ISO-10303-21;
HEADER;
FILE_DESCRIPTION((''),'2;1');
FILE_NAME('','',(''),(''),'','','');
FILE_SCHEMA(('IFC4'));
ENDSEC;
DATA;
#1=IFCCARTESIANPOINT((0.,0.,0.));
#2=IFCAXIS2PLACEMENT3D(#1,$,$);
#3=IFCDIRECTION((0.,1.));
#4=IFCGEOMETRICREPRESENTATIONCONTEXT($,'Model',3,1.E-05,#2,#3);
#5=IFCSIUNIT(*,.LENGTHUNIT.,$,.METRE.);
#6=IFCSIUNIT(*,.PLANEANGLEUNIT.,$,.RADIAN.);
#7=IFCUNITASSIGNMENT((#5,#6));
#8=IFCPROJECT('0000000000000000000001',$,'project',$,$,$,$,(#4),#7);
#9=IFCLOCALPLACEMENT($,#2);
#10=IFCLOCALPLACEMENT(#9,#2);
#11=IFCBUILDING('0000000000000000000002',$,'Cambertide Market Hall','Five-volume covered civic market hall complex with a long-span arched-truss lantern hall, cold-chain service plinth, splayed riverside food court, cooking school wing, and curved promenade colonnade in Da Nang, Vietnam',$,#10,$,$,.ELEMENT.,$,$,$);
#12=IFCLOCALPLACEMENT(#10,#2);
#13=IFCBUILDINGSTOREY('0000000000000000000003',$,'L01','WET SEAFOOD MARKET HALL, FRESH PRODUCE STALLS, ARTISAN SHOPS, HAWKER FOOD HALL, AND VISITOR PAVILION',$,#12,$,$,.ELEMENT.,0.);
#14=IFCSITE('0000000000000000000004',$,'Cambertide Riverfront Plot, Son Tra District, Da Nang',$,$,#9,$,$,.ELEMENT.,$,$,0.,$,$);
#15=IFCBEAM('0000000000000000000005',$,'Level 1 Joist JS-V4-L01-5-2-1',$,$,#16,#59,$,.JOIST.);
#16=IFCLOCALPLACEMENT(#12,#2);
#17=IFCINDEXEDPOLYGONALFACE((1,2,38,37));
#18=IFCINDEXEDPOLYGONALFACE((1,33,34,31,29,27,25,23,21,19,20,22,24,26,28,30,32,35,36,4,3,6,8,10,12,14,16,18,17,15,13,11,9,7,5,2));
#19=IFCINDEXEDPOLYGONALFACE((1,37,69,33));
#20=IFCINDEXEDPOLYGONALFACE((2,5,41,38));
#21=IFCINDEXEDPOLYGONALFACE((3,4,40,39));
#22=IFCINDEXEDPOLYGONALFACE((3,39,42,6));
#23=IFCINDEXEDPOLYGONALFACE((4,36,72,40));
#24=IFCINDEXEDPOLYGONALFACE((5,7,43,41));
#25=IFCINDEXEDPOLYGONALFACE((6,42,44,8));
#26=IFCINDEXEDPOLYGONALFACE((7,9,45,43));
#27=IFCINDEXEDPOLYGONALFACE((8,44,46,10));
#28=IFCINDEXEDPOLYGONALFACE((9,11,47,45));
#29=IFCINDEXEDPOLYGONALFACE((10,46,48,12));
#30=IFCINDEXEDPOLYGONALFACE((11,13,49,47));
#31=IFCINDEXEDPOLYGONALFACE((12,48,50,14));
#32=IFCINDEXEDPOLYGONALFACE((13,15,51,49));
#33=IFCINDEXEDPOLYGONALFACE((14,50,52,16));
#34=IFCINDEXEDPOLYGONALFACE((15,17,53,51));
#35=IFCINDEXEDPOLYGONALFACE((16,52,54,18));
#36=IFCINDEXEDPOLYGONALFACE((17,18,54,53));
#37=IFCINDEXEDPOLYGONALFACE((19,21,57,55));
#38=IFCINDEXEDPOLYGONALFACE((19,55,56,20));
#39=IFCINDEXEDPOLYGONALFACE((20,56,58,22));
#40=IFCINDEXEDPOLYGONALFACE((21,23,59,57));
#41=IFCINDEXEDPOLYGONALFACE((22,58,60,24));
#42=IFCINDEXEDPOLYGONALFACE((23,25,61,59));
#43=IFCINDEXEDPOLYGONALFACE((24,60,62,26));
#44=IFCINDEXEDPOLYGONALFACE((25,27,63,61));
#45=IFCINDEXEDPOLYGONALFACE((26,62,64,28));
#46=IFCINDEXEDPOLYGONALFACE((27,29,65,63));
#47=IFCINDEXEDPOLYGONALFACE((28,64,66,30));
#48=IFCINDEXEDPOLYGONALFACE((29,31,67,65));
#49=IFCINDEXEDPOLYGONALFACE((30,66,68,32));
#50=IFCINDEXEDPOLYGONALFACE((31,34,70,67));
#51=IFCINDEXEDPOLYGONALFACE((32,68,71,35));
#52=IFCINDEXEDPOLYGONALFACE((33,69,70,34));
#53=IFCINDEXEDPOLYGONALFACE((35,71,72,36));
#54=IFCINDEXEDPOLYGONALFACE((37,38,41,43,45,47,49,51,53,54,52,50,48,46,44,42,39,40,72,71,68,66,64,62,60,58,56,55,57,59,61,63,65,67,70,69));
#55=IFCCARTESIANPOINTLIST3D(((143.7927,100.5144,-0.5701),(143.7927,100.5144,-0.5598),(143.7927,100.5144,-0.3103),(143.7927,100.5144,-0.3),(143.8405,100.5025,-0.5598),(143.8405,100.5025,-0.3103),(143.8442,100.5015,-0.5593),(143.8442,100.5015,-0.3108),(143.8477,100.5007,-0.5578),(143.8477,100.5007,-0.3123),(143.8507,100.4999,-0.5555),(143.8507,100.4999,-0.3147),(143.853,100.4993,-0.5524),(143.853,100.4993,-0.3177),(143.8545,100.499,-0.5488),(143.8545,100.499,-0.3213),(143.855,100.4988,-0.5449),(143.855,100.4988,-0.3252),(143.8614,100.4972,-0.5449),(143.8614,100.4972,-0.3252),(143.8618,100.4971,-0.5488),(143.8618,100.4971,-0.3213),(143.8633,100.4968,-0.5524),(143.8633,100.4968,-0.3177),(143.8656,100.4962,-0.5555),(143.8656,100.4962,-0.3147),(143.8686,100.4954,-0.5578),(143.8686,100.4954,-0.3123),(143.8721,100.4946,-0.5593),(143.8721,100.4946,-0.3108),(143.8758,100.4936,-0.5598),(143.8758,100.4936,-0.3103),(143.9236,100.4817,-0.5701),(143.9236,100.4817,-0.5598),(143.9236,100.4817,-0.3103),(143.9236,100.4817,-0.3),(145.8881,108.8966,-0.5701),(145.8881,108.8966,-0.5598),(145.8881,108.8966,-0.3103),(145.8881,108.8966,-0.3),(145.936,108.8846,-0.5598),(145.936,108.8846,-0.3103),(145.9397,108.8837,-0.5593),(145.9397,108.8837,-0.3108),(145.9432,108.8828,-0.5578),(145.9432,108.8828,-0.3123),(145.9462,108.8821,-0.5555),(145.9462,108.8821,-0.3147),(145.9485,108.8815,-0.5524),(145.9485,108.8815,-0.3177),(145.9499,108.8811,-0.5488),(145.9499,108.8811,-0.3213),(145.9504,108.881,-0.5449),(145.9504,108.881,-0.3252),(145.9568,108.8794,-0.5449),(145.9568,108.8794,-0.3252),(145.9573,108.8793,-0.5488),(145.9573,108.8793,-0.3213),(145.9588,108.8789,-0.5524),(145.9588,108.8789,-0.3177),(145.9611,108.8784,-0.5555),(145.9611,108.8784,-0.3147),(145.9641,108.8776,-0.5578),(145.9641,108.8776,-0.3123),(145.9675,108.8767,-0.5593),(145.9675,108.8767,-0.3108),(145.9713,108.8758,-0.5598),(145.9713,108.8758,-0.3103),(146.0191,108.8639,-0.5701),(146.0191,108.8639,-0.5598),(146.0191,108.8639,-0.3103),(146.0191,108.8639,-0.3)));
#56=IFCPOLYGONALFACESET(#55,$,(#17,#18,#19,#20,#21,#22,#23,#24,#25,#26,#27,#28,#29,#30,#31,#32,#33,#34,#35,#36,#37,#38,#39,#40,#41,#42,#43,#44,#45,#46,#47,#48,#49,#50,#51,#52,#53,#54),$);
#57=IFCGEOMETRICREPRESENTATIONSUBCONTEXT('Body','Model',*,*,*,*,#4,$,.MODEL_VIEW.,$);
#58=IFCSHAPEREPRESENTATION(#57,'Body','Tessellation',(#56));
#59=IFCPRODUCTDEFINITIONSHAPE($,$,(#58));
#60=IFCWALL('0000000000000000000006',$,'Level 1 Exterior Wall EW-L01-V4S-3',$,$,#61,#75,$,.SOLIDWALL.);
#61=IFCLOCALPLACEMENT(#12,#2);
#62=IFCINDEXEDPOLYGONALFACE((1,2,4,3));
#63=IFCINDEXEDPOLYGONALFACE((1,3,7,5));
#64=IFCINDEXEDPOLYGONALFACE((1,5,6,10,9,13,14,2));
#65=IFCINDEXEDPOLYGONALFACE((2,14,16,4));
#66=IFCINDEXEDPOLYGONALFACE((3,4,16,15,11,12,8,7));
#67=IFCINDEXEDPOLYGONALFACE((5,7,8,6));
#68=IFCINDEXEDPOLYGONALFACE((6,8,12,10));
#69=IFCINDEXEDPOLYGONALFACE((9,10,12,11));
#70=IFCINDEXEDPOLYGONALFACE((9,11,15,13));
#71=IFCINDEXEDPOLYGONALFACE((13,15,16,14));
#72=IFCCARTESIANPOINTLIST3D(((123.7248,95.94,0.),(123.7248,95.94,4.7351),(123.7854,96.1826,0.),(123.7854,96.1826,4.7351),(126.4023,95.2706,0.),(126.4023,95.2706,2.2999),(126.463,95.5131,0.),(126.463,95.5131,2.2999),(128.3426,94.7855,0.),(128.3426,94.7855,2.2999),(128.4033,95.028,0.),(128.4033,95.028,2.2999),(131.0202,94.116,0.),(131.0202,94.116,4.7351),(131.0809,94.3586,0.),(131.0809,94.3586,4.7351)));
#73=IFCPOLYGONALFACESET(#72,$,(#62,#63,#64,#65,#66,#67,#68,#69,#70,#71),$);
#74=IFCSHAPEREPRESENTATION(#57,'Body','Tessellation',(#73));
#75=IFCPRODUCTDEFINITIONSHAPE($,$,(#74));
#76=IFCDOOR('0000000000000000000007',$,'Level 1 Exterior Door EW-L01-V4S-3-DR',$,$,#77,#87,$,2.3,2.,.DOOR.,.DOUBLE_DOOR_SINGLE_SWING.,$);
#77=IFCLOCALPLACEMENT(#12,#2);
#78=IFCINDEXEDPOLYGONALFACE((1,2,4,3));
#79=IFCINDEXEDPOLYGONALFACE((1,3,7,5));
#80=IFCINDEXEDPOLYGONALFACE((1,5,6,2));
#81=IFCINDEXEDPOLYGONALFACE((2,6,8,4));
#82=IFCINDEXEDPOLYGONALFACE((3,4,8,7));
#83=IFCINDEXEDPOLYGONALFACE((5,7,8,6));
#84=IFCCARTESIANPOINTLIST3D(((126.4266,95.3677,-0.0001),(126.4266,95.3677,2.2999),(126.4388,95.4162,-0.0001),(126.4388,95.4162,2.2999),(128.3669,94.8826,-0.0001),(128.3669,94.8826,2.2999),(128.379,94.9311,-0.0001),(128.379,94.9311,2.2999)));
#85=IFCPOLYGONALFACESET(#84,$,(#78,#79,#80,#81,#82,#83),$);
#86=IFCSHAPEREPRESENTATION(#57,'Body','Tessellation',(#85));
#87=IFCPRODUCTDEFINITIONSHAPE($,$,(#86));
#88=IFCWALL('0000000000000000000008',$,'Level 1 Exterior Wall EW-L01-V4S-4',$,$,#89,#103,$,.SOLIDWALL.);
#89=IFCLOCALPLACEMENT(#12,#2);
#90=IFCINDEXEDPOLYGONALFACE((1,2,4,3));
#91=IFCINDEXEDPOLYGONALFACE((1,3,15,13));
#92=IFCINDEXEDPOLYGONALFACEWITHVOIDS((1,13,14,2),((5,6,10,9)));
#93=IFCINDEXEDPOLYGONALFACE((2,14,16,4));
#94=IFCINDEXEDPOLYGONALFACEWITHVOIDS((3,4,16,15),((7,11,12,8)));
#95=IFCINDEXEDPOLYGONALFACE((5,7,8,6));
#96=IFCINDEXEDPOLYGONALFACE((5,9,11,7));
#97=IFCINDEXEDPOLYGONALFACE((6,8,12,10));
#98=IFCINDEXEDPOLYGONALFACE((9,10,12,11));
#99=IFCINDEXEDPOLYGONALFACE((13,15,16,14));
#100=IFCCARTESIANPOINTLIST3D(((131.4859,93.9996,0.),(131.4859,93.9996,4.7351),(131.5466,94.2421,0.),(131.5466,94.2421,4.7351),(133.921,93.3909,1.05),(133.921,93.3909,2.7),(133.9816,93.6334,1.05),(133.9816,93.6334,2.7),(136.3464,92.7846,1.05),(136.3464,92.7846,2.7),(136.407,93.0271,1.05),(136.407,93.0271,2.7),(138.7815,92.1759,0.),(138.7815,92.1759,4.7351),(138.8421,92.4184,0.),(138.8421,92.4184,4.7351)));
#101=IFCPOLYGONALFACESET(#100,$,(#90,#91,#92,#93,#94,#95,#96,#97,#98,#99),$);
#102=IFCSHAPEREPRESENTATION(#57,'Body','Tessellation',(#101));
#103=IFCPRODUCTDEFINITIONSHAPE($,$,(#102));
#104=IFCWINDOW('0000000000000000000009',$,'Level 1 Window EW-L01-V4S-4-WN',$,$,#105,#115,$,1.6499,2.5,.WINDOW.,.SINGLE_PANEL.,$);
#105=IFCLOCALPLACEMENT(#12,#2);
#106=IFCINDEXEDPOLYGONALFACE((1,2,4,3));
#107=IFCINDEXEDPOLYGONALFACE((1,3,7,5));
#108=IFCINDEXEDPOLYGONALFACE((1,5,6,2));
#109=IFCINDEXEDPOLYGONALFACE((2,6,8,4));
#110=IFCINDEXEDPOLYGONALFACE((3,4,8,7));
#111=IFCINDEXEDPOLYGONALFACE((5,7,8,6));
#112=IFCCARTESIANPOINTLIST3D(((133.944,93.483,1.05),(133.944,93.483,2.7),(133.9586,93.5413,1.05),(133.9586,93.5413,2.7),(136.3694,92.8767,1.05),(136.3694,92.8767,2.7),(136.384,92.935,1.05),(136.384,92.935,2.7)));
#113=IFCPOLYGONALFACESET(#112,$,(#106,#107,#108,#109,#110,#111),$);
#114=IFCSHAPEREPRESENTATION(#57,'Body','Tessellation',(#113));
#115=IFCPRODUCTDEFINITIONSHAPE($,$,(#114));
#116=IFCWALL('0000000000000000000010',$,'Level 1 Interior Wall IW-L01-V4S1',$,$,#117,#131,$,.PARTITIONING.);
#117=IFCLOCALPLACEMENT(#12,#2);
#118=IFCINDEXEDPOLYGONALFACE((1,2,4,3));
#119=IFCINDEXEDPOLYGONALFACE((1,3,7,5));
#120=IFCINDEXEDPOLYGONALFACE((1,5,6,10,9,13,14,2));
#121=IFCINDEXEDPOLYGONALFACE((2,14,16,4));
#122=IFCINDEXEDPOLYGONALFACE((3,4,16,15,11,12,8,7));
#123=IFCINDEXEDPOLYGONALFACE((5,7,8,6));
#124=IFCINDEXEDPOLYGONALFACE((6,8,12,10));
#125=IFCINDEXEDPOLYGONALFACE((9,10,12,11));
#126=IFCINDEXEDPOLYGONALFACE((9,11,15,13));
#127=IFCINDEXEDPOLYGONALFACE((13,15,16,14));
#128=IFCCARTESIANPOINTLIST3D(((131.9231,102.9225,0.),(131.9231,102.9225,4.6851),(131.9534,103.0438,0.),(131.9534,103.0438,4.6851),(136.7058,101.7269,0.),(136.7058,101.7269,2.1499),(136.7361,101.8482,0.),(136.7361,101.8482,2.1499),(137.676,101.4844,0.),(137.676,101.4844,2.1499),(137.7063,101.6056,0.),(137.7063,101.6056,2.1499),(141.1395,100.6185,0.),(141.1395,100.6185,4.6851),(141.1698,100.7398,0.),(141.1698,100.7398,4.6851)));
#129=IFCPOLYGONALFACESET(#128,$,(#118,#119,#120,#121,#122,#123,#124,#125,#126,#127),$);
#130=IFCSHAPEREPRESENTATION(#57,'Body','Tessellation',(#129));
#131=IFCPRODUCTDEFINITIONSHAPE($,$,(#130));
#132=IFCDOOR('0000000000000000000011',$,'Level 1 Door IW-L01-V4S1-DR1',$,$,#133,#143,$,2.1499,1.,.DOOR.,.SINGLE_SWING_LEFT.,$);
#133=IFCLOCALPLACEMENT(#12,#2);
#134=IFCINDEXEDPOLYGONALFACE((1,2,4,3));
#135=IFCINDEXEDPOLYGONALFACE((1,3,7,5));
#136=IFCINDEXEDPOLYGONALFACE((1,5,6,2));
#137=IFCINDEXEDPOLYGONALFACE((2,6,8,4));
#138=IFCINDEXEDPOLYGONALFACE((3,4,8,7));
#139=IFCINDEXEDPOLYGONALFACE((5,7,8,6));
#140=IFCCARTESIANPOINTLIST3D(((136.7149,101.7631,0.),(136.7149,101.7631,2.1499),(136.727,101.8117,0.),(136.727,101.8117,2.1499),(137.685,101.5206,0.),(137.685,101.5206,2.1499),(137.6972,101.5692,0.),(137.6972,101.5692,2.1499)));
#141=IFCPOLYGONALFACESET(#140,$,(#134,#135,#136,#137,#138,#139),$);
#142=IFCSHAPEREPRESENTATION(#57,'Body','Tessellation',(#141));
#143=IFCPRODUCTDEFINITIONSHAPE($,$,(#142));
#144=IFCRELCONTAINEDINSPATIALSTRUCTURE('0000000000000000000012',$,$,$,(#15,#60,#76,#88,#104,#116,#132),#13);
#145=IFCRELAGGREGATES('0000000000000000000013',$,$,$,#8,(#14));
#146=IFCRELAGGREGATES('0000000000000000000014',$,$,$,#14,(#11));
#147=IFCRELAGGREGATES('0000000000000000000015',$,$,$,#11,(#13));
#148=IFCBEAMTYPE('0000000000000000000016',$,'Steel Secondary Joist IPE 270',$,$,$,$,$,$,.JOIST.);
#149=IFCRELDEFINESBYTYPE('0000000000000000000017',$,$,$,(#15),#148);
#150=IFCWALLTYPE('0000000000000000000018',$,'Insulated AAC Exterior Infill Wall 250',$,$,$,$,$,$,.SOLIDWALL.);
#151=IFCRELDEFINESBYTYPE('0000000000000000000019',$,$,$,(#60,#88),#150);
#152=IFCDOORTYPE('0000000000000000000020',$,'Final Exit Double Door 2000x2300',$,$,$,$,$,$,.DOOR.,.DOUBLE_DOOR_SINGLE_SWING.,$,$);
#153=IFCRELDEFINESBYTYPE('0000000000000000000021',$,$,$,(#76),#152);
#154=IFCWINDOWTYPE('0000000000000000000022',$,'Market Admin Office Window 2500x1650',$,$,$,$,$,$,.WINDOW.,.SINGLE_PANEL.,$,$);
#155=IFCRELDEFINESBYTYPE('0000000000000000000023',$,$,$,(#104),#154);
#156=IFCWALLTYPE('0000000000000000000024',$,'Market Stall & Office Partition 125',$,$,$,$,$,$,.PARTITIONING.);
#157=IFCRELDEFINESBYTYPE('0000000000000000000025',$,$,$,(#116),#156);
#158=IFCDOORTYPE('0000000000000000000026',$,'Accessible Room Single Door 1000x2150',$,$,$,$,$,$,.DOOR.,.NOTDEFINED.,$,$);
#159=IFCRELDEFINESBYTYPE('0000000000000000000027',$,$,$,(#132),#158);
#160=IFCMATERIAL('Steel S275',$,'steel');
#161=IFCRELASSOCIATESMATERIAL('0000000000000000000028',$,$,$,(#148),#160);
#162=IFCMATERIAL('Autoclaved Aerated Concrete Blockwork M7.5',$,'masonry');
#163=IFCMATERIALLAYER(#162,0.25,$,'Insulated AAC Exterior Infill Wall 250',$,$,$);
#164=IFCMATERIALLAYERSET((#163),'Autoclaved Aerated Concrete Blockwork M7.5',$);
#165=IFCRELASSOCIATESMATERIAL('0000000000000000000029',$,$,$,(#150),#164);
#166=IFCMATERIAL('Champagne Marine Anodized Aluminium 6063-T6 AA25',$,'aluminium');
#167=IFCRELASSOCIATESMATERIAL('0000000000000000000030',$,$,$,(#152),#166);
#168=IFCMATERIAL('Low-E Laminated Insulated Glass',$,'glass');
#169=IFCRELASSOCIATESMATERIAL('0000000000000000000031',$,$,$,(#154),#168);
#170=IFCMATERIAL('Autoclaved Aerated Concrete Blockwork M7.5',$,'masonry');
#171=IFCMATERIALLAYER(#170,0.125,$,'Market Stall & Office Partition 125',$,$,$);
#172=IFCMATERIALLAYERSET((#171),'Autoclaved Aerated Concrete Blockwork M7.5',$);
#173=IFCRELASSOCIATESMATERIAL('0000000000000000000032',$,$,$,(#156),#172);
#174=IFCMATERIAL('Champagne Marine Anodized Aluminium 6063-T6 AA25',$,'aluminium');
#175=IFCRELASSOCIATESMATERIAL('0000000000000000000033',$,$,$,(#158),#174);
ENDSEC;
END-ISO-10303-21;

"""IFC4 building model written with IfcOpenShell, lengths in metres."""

from ifc_helpers import new_model, si_unit, direction, frame, frame_2d, origin, origin_2d, place, context, subcontext, project, spatial, rectangle, i_section, extrude, material, layer, layer_set, material_profile, profile_set, type_object, element, fill, save


model = new_model("IFC4")

# Units and contexts
model_context = context("Model", 3, precision=1e-05, world=origin(), true_north=direction((0.0, 1.0)))
body_context = subcontext(model_context, "Body", "Model", "MODEL_VIEW")
ifc_project = project(units=[si_unit("LENGTHUNIT", "METRE"), si_unit("PLANEANGLEUNIT", "RADIAN")], contexts=[model_context])

# Site, building, storey
site_placement = place(None, origin())
site = spatial("IfcSite", under=ifc_project, at=site_placement, Name="Cambertide Riverfront Plot, Son Tra District, Da Nang", CompositionType="ELEMENT", RefElevation=0.0)
building_placement = place(site_placement, origin())
building = spatial("IfcBuilding", under=site, at=building_placement, Name="Cambertide Market Hall", Description="Five-volume covered civic market hall complex with a long-span arched-truss lantern hall, cold-chain service plinth, splayed riverside food court, cooking school wing, and curved promenade colonnade in Da Nang, Vietnam", CompositionType="ELEMENT")
storey_placement = place(building_placement, origin())
storey = spatial("IfcBuildingStorey", under=building, at=storey_placement, Name="L01", Description="WET SEAFOOD MARKET HALL, FRESH PRODUCE STALLS, ARTISAN SHOPS, HAWKER FOOD HALL, AND VISITOR PAVILION", CompositionType="ELEMENT", Elevation=0.0)

# Beam
ifc_material_1 = material(Name="Steel S275", Category="steel")
ifc_material_profile_1 = material_profile(ifc_material_1, i_section(OverallWidth=0.135, OverallDepth=0.27, WebThickness=0.0066, FlangeThickness=0.0103, FilletRadius=0.0149, at=origin_2d()), Name="IPE 270")
ifc_profile_set_1 = profile_set([ifc_material_profile_1], Name="Steel S275")
beam_type_1 = type_object("IfcBeamType", Name="Steel Secondary Joist IPE 270", PredefinedType="JOIST", material=ifc_profile_set_1)
for number, where, z_axis, x_axis, name in (
    (1, (143.8582, 100.498, -0.4351), (0.242529, 0.970144, 0.0), (-0.970144, 0.242529, 0.0), "Level 1 Joist JS-V4-L01-5-2-1"),
):
    element("IfcBeam", number, at=place(storey_placement, frame(where, z_axis=z_axis, x_axis=x_axis)), inside=storey, type_object=beam_type_1, Name=name, PredefinedType="JOIST", context=body_context, shape_type="SweptSolid", body=[
        extrude(i_section(OverallWidth=0.135, OverallDepth=0.27, WebThickness=0.0066, FlangeThickness=0.0103, FilletRadius=0.0149, at=origin_2d()), origin(), (0.0, 0.0, 1.0), 8.6401),
    ])

# Wall, opening, door
ifc_material_2 = material(Name="Autoclaved Aerated Concrete Blockwork M7.5", Category="masonry")
ifc_layer_1 = layer(ifc_material_2, 0.25, Name="Insulated AAC Exterior Infill Wall 250")
ifc_layer_set_1 = layer_set([ifc_layer_1], Name="Autoclaved Aerated Concrete Blockwork M7.5")
wall_type_1 = type_object("IfcWallType", Name="Insulated AAC Exterior Infill Wall 250", PredefinedType="SOLIDWALL", material=ifc_layer_set_1)
wall_1_placement = place(storey_placement, frame((131.0505, 94.2373, 0.0), z_axis=(0.0, 0.0, 1.0), x_axis=(-0.970139, 0.242551, 0.0)))
wall_1 = element("IfcWall", 2, at=wall_1_placement, inside=storey, type_object=wall_type_1, Name="Level 1 Exterior Wall EW-L01-V4S-3", PredefinedType="SOLIDWALL", context=body_context, shape_type="SweptSolid", body=[
    extrude(rectangle(XDim=7.52, YDim=0.25, at=frame_2d((3.76, 0.0))), origin(), (0.0, 0.0, 1.0), 4.7351),
])
opening_1_placement = place(wall_1_placement, frame((2.76, 0.0, 0.0)))
opening_1 = element("IfcOpeningElement", 3, at=opening_1_placement, cuts=wall_1, PredefinedType="OPENING", context=body_context, shape_type="SweptSolid", body=[
    extrude(rectangle(XDim=2.0, YDim=2.3, at=frame_2d((1.0, 1.1499))), frame((0.0, 0.135, 0.0), z_axis=(0.0, -1.0, 0.0), x_axis=(1.0, 0.0, 0.0)), (0.0, 0.0, 1.0), 0.27),
])
ifc_material_3 = material(Name="Champagne Marine Anodized Aluminium 6063-T6 AA25", Category="aluminium")
door_type_1 = type_object("IfcDoorType", Name="Final Exit Double Door 2000x2300", OperationType="DOUBLE_DOOR_SINGLE_SWING", PredefinedType="DOOR", material=ifc_material_3)
door_1_placement = place(opening_1_placement, origin())
door_1 = element("IfcDoor", 4, at=door_1_placement, inside=storey, type_object=door_type_1, Name="Level 1 Exterior Door EW-L01-V4S-3-DR", OperationType="DOUBLE_DOOR_SINGLE_SWING", OverallHeight=2.3, OverallWidth=2.0, PredefinedType="DOOR", context=body_context, shape_type="SweptSolid", body=[
    extrude(rectangle(XDim=2.0, YDim=2.3, at=frame_2d((1.0, 1.1499))), frame((0.0, 0.0249, 0.0), z_axis=(0.0, -1.0, 0.0), x_axis=(1.0, 0.0, 0.0)), (0.0, 0.0, 1.0), 0.05),
])
fill(opening_1, door_1)

# Wall, opening, window
wall_2_placement = place(storey_placement, frame((138.8118, 92.2971, 0.0), z_axis=(0.0, 0.0, 1.0), x_axis=(-0.970146, 0.24252, 0.0)))
wall_2 = element("IfcWall", 5, at=wall_2_placement, inside=storey, type_object=wall_type_1, Name="Level 1 Exterior Wall EW-L01-V4S-4", PredefinedType="SOLIDWALL", context=body_context, shape_type="SweptSolid", body=[
    extrude(rectangle(XDim=7.52, YDim=0.25, at=frame_2d((3.76, 0.0))), origin(), (0.0, 0.0, 1.0), 4.7351),
])
opening_2_placement = place(wall_2_placement, frame((2.51, 0.0, 1.05)))
opening_2 = element("IfcOpeningElement", 6, at=opening_2_placement, cuts=wall_2, PredefinedType="OPENING", context=body_context, shape_type="SweptSolid", body=[
    extrude(rectangle(XDim=2.5, YDim=1.6499, at=frame_2d((1.25, 0.825))), frame((0.0, 0.135, 0.0), z_axis=(0.0, -1.0, 0.0), x_axis=(1.0, 0.0, 0.0)), (0.0, 0.0, 1.0), 0.27),
])
ifc_material_4 = material(Name="Low-E Laminated Insulated Glass", Category="glass")
window_type = type_object("IfcWindowType", Name="Market Admin Office Window 2500x1650", PartitioningType="SINGLE_PANEL", PredefinedType="WINDOW", material=ifc_material_4)
window_placement = place(opening_2_placement, origin())
window = element("IfcWindow", 7, at=window_placement, inside=storey, type_object=window_type, Name="Level 1 Window EW-L01-V4S-4-WN", OverallHeight=1.6499, OverallWidth=2.5, PartitioningType="SINGLE_PANEL", PredefinedType="WINDOW", context=body_context, shape_type="SweptSolid", body=[
    extrude(rectangle(XDim=2.5, YDim=1.6499, at=frame_2d((1.25, 0.825))), frame((0.0, 0.03, 0.0), z_axis=(0.0, -1.0, 0.0), x_axis=(1.0, 0.0, 0.0)), (0.0, 0.0, 1.0), 0.0601),
])
fill(opening_2, window)

# Wall, opening, door
ifc_material_5 = material(Name="Autoclaved Aerated Concrete Blockwork M7.5", Category="masonry")
ifc_layer_2 = layer(ifc_material_5, 0.125, Name="Market Stall & Office Partition 125")
ifc_layer_set_2 = layer_set([ifc_layer_2], Name="Autoclaved Aerated Concrete Blockwork M7.5")
wall_type_2 = type_object("IfcWallType", Name="Market Stall & Office Partition 125", PredefinedType="PARTITIONING", material=ifc_layer_set_2)
wall_3_placement = place(storey_placement, frame((131.9382, 102.9832, 0.0), z_axis=(0.0, 0.0, 1.0), x_axis=(0.970146, -0.242524, 0.0)))
wall_3 = element("IfcWall", 8, at=wall_3_placement, inside=storey, type_object=wall_type_2, Name="Level 1 Interior Wall IW-L01-V4S1", PredefinedType="PARTITIONING", context=body_context, shape_type="SweptSolid", body=[
    extrude(rectangle(XDim=9.5, YDim=0.125, at=frame_2d((4.75, 0.0))), origin(), (0.0, 0.0, 1.0), 4.6851),
])
opening_3_placement = place(wall_3_placement, frame((4.9299, 0.0, 0.0)))
opening_3 = element("IfcOpeningElement", 9, at=opening_3_placement, cuts=wall_3, PredefinedType="OPENING", context=body_context, shape_type="SweptSolid", body=[
    extrude(rectangle(XDim=1.0, YDim=2.1499, at=frame_2d((0.5, 1.075))), frame((0.0, 0.0725, 0.0), z_axis=(0.0, -1.0, 0.0), x_axis=(1.0, 0.0, 0.0)), (0.0, 0.0, 1.0), 0.145),
])
ifc_material_6 = material(Name="Champagne Marine Anodized Aluminium 6063-T6 AA25", Category="aluminium")
door_type_2 = type_object("IfcDoorType", Name="Accessible Room Single Door 1000x2150", OperationType="NOTDEFINED", PredefinedType="DOOR", material=ifc_material_6)
door_2_placement = place(opening_3_placement, origin())
door_2 = element("IfcDoor", 10, at=door_2_placement, inside=storey, type_object=door_type_2, Name="Level 1 Door IW-L01-V4S1-DR1", OperationType="SINGLE_SWING_LEFT", OverallHeight=2.1499, OverallWidth=1.0, PredefinedType="DOOR", context=body_context, shape_type="SweptSolid", body=[
    extrude(rectangle(XDim=1.0, YDim=2.1499, at=frame_2d((0.5, 1.075))), frame((0.0, 0.0249, 0.0), z_axis=(0.0, -1.0, 0.0), x_axis=(1.0, 0.0, 0.0)), (0.0, 0.0, 1.0), 0.05),
])
fill(opening_3, door_2)

save(model, "model.ifc")
